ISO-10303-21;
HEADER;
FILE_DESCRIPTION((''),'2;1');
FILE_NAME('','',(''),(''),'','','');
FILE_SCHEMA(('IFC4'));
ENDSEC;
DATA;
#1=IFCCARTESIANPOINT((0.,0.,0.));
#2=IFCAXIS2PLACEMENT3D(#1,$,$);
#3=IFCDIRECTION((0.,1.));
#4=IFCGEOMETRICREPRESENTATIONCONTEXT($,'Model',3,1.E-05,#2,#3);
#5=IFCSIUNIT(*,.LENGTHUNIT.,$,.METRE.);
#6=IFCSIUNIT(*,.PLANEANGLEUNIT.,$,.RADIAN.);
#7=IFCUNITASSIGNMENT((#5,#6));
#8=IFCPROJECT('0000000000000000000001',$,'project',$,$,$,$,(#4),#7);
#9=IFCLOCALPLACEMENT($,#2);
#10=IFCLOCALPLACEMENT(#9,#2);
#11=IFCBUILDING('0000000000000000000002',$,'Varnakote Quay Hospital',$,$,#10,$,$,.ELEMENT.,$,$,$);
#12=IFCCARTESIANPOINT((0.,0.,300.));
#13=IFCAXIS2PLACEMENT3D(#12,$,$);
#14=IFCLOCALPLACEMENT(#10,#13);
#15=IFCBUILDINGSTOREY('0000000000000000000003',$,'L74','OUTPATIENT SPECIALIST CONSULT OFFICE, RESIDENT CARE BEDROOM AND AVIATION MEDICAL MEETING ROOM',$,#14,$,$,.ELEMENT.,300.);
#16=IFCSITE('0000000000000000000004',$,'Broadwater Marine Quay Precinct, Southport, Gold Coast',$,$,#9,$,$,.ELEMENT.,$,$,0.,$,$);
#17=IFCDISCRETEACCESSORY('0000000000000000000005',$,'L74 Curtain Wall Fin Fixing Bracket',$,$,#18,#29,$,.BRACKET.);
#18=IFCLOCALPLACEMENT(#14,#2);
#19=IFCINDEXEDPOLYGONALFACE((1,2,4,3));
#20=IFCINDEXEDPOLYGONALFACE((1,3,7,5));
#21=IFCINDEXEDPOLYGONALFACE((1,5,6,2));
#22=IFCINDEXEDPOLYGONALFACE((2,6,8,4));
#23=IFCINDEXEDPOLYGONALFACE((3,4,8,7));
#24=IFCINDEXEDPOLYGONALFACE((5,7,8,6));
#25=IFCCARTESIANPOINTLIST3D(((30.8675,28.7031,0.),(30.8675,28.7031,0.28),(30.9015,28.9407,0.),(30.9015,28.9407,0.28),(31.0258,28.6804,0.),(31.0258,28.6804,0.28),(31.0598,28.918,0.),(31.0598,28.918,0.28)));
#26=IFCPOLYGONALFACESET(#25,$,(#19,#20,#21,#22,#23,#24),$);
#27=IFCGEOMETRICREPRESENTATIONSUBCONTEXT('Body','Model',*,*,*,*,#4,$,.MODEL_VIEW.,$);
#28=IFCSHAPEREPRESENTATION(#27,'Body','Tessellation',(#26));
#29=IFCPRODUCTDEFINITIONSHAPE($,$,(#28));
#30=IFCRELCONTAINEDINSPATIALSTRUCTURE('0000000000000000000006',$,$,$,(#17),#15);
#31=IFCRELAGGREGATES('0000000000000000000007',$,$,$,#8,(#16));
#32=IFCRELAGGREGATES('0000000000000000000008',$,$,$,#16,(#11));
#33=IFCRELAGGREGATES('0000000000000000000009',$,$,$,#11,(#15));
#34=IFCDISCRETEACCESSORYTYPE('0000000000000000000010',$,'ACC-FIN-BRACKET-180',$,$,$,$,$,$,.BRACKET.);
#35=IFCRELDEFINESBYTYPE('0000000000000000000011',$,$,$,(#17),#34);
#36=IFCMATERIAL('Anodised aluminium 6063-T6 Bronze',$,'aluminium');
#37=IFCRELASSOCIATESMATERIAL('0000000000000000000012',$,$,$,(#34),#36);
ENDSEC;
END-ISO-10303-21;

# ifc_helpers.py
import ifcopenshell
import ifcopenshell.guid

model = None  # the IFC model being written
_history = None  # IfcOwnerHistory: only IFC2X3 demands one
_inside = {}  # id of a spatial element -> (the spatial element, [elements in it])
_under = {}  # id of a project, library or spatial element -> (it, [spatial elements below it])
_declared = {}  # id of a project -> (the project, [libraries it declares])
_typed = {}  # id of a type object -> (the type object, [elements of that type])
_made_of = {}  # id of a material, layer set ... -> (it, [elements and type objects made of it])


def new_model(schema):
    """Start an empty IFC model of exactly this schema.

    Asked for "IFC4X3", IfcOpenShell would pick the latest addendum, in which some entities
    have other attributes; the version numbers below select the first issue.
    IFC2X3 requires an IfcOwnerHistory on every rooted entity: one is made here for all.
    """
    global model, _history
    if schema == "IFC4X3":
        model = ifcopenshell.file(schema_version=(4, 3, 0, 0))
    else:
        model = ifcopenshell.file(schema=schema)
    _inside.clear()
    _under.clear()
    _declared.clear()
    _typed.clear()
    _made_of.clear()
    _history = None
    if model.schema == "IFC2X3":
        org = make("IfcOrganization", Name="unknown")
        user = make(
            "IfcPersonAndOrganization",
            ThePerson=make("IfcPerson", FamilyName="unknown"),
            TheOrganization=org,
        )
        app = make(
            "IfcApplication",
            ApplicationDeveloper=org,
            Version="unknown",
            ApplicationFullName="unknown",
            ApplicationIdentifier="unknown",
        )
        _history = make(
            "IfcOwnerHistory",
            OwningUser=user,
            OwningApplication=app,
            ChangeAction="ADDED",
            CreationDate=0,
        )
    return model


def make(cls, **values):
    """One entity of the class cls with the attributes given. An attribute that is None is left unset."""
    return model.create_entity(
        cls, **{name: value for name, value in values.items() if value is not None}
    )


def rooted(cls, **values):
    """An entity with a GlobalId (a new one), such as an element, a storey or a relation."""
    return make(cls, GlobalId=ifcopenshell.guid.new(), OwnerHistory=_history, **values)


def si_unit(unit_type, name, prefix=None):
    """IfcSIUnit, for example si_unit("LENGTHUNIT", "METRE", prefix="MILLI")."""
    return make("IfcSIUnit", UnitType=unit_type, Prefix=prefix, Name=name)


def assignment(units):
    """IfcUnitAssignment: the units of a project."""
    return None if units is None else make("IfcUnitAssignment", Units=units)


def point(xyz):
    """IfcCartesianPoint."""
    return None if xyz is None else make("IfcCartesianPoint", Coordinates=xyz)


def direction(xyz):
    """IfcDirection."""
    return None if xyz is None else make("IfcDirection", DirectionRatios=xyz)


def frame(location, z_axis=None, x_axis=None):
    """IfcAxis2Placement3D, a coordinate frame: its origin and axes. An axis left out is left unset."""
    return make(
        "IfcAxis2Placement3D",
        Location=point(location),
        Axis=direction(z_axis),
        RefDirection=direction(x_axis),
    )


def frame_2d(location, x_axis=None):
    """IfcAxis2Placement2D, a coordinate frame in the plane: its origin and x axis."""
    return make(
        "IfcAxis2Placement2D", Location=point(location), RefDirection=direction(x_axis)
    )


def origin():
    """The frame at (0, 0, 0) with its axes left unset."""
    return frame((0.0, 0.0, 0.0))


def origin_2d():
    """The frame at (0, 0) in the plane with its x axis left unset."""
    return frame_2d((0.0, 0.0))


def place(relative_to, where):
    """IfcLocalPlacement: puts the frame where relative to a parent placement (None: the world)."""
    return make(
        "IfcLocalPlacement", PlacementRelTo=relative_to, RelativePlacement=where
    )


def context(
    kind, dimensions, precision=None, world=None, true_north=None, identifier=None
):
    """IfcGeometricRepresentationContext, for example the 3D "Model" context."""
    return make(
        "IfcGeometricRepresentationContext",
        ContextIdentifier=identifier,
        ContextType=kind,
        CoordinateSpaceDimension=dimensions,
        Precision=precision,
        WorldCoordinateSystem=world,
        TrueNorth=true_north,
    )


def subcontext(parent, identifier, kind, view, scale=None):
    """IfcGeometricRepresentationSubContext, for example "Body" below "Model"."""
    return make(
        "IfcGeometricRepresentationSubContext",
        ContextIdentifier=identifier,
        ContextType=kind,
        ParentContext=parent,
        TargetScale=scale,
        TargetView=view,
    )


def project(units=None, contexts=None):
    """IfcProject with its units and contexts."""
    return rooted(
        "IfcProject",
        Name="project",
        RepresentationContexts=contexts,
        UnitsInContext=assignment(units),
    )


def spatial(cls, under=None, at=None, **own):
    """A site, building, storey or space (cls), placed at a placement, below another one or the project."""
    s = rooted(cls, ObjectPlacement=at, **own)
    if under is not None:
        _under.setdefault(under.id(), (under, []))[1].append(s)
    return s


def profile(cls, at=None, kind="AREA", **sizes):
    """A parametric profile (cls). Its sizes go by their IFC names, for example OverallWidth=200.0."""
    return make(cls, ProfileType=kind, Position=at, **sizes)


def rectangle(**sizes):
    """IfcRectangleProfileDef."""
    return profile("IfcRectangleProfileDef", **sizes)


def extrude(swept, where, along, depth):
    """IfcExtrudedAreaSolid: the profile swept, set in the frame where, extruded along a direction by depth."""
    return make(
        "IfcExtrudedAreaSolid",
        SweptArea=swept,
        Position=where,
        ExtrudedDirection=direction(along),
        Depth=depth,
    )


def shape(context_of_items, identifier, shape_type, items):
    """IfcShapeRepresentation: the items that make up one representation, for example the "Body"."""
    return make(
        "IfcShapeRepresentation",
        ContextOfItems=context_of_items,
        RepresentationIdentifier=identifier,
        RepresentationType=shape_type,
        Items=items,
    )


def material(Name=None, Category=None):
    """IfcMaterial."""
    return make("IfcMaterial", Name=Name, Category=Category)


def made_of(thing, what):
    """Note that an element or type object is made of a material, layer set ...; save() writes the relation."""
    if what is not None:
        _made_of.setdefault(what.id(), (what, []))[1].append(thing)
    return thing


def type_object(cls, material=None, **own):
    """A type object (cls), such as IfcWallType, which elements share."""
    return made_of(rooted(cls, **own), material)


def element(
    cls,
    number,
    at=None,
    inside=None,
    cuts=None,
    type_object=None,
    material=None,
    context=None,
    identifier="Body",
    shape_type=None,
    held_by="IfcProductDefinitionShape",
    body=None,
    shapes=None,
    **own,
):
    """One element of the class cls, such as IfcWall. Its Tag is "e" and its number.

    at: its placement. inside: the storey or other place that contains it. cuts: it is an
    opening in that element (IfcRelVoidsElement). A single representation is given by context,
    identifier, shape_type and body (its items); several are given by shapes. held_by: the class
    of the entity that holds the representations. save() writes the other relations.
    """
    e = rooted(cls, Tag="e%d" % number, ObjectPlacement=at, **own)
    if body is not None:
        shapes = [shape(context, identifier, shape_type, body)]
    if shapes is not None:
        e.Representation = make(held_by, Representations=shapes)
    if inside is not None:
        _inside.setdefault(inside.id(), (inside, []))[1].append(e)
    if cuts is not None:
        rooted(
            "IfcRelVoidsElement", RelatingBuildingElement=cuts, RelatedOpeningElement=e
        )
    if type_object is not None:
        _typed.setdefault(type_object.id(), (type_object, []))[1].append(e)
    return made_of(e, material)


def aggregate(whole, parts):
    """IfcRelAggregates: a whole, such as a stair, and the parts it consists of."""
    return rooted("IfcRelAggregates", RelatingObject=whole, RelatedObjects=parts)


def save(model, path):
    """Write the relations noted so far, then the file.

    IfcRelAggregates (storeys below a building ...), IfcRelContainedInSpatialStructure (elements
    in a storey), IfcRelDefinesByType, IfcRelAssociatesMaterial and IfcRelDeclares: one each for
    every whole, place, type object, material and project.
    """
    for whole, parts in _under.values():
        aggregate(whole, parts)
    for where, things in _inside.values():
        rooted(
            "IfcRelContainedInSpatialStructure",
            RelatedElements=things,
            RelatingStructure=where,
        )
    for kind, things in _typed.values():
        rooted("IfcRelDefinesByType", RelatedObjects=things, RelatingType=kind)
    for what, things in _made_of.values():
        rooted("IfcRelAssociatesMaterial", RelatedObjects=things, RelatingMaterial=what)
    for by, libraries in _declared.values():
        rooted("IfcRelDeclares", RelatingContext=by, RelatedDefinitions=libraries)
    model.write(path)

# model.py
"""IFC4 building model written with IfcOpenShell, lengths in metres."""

from ifc_helpers import new_model, si_unit, direction, frame, origin, origin_2d, place, context, subcontext, project, spatial, rectangle, extrude, material, type_object, element, save


model = new_model("IFC4")

# Units and contexts
model_context = context("Model", 3, precision=1e-05, world=origin(), true_north=direction((0.0, 1.0)))
body_context = subcontext(model_context, "Body", "Model", "MODEL_VIEW")
ifc_project = project(units=[si_unit("LENGTHUNIT", "METRE"), si_unit("PLANEANGLEUNIT", "RADIAN")], contexts=[model_context])

# Site, building, storey
site_placement = place(None, origin())
site = spatial("IfcSite", under=ifc_project, at=site_placement, Name="Broadwater Marine Quay Precinct, Southport, Gold Coast", CompositionType="ELEMENT", RefElevation=0.0)
building_placement = place(site_placement, origin())
building = spatial("IfcBuilding", under=site, at=building_placement, Name="Varnakote Quay Hospital", CompositionType="ELEMENT")
storey_placement = place(building_placement, frame((0.0, 0.0, 300.0)))
storey = spatial("IfcBuildingStorey", under=building, at=storey_placement, Name="L74", Description="OUTPATIENT SPECIALIST CONSULT OFFICE, RESIDENT CARE BEDROOM AND AVIATION MEDICAL MEETING ROOM", CompositionType="ELEMENT", Elevation=300.0)

# Discrete accessory
ifc_material_1 = material(Name="Anodised aluminium 6063-T6 Bronze", Category="aluminium")
discrete_accessory_type = type_object("IfcDiscreteAccessoryType", Name="ACC-FIN-BRACKET-180", PredefinedType="BRACKET", material=ifc_material_1)
for number, where, z_axis, x_axis, name in (
    (1, (30.9636, 28.8105, 0.0), (0.0, 0.0, 1.0), (-0.989925, 0.141592, 0.0), "L74 Curtain Wall Fin Fixing Bracket"),
):
    element("IfcDiscreteAccessory", number, at=place(storey_placement, frame(where, z_axis=z_axis, x_axis=x_axis)), inside=storey, type_object=discrete_accessory_type, Name=name, PredefinedType="BRACKET", context=body_context, shape_type="SweptSolid", body=[
        extrude(rectangle(XDim=0.1599, YDim=0.24, at=origin_2d()), origin(), (0.0, 0.0, 1.0), 0.28),
    ])

save(model, "model.ifc")
